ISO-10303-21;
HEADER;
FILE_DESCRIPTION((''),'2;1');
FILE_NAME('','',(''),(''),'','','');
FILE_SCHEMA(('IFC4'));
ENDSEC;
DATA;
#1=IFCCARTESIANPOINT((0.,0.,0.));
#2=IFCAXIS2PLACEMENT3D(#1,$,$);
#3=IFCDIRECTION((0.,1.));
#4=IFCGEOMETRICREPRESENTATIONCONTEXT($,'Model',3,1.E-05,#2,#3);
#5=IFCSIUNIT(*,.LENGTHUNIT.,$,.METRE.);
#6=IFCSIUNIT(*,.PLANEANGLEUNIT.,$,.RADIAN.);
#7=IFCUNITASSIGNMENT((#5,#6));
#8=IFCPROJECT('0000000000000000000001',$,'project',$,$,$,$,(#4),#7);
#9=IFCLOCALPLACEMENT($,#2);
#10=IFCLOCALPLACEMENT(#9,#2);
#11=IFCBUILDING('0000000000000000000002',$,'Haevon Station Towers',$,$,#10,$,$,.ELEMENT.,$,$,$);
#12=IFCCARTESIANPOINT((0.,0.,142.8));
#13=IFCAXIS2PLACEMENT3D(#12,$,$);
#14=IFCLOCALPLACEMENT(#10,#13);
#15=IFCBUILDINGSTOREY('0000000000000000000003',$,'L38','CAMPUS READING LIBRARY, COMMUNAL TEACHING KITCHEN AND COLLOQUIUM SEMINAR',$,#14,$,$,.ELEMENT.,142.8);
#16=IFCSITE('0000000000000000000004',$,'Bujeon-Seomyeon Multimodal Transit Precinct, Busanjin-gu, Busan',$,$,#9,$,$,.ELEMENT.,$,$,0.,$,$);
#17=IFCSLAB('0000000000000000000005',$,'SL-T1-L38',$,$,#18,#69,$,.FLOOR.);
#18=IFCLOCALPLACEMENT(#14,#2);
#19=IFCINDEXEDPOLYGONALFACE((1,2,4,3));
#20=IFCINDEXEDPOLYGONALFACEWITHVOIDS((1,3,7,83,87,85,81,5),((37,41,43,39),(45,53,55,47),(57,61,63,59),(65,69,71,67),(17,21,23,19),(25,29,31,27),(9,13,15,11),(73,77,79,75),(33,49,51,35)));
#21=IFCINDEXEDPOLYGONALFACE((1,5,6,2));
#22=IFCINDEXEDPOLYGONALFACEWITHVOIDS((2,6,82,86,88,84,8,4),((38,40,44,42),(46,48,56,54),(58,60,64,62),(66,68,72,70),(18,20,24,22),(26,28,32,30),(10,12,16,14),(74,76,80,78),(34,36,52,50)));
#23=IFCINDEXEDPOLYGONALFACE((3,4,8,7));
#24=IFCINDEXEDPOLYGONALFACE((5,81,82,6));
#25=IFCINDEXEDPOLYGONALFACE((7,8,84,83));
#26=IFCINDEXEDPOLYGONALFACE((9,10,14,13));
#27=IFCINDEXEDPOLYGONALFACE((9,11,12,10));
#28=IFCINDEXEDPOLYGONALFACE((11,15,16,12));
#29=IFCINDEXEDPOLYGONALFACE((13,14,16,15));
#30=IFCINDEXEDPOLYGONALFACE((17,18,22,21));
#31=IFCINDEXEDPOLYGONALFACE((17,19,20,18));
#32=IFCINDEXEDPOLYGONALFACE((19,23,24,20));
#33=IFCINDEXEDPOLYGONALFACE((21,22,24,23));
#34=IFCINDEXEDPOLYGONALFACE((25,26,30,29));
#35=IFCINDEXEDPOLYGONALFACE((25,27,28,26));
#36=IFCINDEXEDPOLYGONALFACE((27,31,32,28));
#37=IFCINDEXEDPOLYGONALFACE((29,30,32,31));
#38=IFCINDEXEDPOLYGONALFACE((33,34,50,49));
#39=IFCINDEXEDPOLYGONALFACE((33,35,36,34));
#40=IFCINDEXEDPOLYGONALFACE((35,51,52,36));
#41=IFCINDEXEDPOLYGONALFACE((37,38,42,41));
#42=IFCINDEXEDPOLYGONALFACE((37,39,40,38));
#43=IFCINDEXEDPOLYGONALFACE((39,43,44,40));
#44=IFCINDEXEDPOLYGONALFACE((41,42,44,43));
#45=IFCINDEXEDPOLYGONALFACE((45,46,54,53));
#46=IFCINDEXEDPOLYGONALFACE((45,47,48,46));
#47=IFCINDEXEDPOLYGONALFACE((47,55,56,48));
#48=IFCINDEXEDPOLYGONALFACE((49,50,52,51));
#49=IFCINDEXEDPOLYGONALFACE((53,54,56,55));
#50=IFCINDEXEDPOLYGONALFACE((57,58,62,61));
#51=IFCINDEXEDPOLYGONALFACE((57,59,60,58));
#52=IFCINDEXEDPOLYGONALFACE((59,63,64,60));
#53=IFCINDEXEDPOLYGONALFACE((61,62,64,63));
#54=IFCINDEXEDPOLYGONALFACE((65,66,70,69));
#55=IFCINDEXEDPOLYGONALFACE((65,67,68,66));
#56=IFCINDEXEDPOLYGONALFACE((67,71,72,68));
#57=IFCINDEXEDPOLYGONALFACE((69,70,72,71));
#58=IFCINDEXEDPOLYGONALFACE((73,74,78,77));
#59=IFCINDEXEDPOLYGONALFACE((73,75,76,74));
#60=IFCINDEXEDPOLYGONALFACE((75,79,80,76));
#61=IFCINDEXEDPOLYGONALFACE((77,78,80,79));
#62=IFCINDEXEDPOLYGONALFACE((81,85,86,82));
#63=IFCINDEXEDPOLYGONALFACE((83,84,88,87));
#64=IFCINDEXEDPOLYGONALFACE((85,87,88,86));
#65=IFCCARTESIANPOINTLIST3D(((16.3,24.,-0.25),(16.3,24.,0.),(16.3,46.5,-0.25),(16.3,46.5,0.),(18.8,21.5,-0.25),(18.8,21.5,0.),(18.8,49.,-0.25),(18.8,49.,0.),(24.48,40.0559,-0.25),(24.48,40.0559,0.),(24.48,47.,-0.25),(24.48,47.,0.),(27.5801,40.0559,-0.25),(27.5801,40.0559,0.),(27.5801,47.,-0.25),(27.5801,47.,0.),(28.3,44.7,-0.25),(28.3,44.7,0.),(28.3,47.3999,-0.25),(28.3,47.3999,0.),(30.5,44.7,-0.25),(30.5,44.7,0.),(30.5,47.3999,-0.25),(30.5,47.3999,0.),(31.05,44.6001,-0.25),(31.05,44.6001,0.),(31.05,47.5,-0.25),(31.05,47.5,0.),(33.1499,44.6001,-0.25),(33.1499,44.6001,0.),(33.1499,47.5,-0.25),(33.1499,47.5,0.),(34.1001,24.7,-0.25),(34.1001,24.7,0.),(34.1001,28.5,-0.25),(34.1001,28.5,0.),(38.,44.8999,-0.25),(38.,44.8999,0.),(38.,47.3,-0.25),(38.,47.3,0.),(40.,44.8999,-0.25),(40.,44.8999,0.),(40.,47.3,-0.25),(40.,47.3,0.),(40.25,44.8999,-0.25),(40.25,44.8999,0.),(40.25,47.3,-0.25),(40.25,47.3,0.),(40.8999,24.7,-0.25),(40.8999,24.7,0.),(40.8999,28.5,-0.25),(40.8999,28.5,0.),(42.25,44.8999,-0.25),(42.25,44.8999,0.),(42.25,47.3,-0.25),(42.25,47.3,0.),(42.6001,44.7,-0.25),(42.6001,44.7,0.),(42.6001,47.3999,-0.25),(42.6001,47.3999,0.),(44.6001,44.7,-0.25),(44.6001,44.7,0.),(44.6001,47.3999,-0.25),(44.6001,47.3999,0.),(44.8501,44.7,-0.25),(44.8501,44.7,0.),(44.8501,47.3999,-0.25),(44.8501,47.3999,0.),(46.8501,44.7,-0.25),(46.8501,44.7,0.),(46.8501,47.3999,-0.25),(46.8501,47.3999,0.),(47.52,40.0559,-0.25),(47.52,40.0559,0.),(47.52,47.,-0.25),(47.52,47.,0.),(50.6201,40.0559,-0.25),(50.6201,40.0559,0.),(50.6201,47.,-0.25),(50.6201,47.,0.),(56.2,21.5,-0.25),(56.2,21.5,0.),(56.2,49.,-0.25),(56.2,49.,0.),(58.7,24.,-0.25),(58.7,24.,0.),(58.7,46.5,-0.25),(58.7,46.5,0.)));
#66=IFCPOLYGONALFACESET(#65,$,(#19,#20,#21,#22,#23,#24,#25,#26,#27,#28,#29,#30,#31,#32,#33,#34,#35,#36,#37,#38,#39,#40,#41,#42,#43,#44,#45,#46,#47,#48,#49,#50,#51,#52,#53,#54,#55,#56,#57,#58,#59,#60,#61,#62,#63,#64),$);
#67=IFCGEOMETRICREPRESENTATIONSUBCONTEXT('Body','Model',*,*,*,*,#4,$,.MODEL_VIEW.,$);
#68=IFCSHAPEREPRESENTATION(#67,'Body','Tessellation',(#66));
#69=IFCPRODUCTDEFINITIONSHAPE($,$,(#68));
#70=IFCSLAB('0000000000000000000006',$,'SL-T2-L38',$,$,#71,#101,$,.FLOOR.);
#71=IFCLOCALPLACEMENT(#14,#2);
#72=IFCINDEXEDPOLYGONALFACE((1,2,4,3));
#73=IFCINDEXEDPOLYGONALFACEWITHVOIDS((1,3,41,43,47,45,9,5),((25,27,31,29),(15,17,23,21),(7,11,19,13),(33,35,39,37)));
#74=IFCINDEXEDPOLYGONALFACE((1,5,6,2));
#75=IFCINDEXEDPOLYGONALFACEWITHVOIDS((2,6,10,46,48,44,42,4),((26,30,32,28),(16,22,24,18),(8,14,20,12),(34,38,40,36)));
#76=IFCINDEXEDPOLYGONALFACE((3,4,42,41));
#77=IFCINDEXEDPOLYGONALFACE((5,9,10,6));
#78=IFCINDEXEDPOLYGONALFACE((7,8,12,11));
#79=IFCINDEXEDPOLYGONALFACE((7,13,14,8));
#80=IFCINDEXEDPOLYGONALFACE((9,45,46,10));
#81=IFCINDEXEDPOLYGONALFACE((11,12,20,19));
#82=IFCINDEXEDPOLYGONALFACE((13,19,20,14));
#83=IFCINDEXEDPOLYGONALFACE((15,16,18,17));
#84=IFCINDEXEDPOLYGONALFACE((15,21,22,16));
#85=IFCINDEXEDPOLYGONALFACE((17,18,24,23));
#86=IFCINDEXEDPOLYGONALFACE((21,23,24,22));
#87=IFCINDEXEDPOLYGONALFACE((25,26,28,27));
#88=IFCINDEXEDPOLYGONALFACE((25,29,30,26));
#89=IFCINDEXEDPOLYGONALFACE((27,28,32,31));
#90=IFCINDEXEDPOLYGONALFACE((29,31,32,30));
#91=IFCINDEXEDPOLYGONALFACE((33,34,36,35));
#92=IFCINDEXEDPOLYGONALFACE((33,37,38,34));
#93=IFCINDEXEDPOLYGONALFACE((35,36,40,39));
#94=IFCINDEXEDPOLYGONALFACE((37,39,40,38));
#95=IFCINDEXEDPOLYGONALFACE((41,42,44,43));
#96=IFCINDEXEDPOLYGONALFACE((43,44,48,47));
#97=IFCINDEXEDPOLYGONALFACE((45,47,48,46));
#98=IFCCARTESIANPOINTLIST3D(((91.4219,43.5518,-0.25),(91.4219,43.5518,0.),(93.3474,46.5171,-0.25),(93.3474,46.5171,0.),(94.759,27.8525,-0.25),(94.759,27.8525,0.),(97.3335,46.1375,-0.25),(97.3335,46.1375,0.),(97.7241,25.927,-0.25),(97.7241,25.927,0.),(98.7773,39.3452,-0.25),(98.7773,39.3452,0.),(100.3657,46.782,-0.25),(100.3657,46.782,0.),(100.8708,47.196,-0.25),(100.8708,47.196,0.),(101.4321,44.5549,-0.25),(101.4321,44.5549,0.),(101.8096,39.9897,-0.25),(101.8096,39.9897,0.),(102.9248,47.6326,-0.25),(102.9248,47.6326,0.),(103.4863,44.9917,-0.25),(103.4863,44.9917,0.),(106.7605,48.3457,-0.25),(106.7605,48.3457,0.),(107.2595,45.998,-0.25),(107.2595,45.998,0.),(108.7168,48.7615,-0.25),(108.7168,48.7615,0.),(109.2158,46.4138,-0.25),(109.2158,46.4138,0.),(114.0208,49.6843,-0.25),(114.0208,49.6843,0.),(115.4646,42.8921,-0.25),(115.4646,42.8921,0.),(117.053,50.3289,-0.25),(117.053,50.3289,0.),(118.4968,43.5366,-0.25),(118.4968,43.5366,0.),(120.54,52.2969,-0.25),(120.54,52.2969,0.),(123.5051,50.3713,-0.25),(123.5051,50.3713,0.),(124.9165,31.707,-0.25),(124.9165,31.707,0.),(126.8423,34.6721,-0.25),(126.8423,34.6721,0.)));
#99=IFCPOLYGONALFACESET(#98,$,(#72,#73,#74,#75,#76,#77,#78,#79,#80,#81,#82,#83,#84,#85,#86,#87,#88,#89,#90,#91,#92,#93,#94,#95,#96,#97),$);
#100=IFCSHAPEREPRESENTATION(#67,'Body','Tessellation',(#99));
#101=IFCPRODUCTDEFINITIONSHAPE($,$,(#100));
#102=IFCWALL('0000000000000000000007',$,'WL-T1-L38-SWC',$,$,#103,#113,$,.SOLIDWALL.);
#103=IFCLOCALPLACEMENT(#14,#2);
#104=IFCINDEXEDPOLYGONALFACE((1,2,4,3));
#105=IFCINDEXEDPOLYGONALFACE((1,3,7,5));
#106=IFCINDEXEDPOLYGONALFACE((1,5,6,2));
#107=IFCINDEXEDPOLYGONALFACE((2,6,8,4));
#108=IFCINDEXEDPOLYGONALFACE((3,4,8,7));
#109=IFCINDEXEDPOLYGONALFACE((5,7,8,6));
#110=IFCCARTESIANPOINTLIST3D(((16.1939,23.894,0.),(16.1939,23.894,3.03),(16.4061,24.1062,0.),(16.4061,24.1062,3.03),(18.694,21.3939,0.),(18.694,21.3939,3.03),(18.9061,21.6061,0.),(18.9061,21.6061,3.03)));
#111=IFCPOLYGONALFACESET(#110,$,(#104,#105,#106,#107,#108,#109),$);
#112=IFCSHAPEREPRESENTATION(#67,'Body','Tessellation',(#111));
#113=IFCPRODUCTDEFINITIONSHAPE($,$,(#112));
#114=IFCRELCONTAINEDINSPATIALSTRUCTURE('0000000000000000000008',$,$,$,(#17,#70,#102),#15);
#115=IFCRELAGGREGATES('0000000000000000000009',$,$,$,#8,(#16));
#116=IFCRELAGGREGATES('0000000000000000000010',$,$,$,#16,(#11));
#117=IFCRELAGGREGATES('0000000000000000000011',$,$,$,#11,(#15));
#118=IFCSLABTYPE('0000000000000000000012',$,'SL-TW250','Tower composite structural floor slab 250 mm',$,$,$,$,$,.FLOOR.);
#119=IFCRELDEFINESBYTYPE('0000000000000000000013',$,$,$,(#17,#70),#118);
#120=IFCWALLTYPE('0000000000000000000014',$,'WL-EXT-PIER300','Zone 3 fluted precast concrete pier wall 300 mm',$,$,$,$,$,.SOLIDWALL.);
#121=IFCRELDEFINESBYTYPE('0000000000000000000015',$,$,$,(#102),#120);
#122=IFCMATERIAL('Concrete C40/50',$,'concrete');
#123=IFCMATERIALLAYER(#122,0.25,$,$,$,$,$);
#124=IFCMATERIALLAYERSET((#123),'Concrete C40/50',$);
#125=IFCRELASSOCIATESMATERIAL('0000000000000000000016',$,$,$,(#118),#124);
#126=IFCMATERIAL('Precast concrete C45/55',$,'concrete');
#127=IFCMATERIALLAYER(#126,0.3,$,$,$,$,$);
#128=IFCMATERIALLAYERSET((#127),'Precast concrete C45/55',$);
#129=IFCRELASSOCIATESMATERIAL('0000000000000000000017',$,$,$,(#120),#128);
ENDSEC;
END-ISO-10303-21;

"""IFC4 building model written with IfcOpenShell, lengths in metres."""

from ifc_helpers import new_model, si_unit, direction, frame, frame_2d, origin, place, context, subcontext, project, spatial, polyline, rectangle, outline, extrude, material, layer, layer_set, type_object, element, save


model = new_model("IFC4")

# Units and contexts
model_context = context("Model", 3, precision=1e-05, world=origin(), true_north=direction((0.0, 1.0)))
body_context = subcontext(model_context, "Body", "Model", "MODEL_VIEW")
ifc_project = project(units=[si_unit("LENGTHUNIT", "METRE"), si_unit("PLANEANGLEUNIT", "RADIAN")], contexts=[model_context])

# Site, building, storey
site_placement = place(None, origin())
site = spatial("IfcSite", under=ifc_project, at=site_placement, Name="Bujeon-Seomyeon Multimodal Transit Precinct, Busanjin-gu, Busan", CompositionType="ELEMENT", RefElevation=0.0)
building_placement = place(site_placement, origin())
building = spatial("IfcBuilding", under=site, at=building_placement, Name="Haevon Station Towers", CompositionType="ELEMENT")
storey_placement = place(building_placement, frame((0.0, 0.0, 142.8)))
storey = spatial("IfcBuildingStorey", under=building, at=storey_placement, Name="L38", Description="CAMPUS READING LIBRARY, COMMUNAL TEACHING KITCHEN AND COLLOQUIUM SEMINAR", CompositionType="ELEMENT", Elevation=142.8)

# Shared definitions
ifc_material_1 = material(Name="Concrete C40/50", Category="concrete")

# Slabs
ifc_layer_1 = layer(ifc_material_1, 0.25)
ifc_layer_set_1 = layer_set([ifc_layer_1], Name="Concrete C40/50")
slab_type_1 = type_object("IfcSlabType", Name="SL-TW250", Description="Tower composite structural floor slab 250 mm", PredefinedType="FLOOR", material=ifc_layer_set_1)
slab_1_placement = place(storey_placement, frame((0.0, 0.0, -0.25)))
element("IfcSlab", 1, at=slab_1_placement, inside=storey, type_object=slab_type_1, Name="SL-T1-L38", PredefinedType="FLOOR", context=body_context, shape_type="SweptSolid", body=[
    extrude(outline(polyline([(18.8, 21.5), (56.2, 21.5), (58.7, 24.0), (58.7, 46.5), (56.2, 49.0), (18.8, 49.0), (16.3, 46.5), (16.3, 24.0), (18.8, 21.5)]), holes=[polyline([(27.5801, 40.0559), (27.5801, 47.0), (24.48, 47.0), (24.48, 40.0559), (27.5801, 40.0559)]), polyline([(50.6201, 40.0559), (50.6201, 47.0), (47.52, 47.0), (47.52, 40.0559), (50.6201, 40.0559)]), polyline([(28.3, 44.7), (30.5, 44.7), (30.5, 47.3999), (28.3, 47.3999), (28.3, 44.7)]), polyline([(31.05, 44.6001), (33.1499, 44.6001), (33.1499, 47.5), (31.05, 47.5), (31.05, 44.6001)]), polyline([(38.0, 44.8999), (40.0, 44.8999), (40.0, 47.3), (38.0, 47.3), (38.0, 44.8999)]), polyline([(40.25, 44.8999), (42.25, 44.8999), (42.25, 47.3), (40.25, 47.3), (40.25, 44.8999)]), polyline([(42.6001, 44.7), (44.6001, 44.7), (44.6001, 47.3999), (42.6001, 47.3999), (42.6001, 44.7)]), polyline([(44.8501, 44.7), (46.8501, 44.7), (46.8501, 47.3999), (44.8501, 47.3999), (44.8501, 44.7)]), polyline([(34.1001, 24.7), (40.8999, 24.7), (40.8999, 28.5), (34.1001, 28.5), (34.1001, 24.7)])]), origin(), (0.0, 0.0, 1.0), 0.25),
])
slab_2_placement = place(storey_placement, frame((0.0, 0.0, -0.25)))
element("IfcSlab", 2, at=slab_2_placement, inside=storey, type_object=slab_type_1, Name="SL-T2-L38", PredefinedType="FLOOR", context=body_context, shape_type="SweptSolid", body=[
    extrude(outline(polyline([(97.7241, 25.927), (124.9165, 31.707), (126.8423, 34.6721), (123.5051, 50.3713), (120.54, 52.2969), (93.3474, 46.5171), (91.4219, 43.5518), (94.759, 27.8525), (97.7241, 25.927)]), holes=[polyline([(101.8096, 39.9897), (100.3657, 46.782), (97.3335, 46.1375), (98.7773, 39.3452), (101.8096, 39.9897)]), polyline([(118.4968, 43.5366), (117.053, 50.3289), (114.0208, 49.6843), (115.4646, 42.8921), (118.4968, 43.5366)]), polyline([(101.4321, 44.5549), (103.4863, 44.9917), (102.9248, 47.6326), (100.8708, 47.196), (101.4321, 44.5549)]), polyline([(107.2595, 45.998), (109.2158, 46.4138), (108.7168, 48.7615), (106.7605, 48.3457), (107.2595, 45.998)])]), origin(), (0.0, 0.0, 1.0), 0.25),
])

# Wall
ifc_material_2 = material(Name="Precast concrete C45/55", Category="concrete")
ifc_layer_2 = layer(ifc_material_2, 0.3)
ifc_layer_set_2 = layer_set([ifc_layer_2], Name="Precast concrete C45/55")
wall_type_1 = type_object("IfcWallType", Name="WL-EXT-PIER300", Description="Zone 3 fluted precast concrete pier wall 300 mm", PredefinedType="SOLIDWALL", material=ifc_layer_set_2)
wall_1_placement = place(storey_placement, frame((18.8, 21.5, 0.0), z_axis=(0.0, 0.0, 1.0), x_axis=(-0.707107, 0.707107, 0.0)))
element("IfcWall", 3, at=wall_1_placement, inside=storey, type_object=wall_type_1, Name="WL-T1-L38-SWC", PredefinedType="SOLIDWALL", context=body_context, shape_type="SweptSolid", body=[
    extrude(rectangle(XDim=3.5356, YDim=0.3, at=frame_2d((1.7678, 0.0))), origin(), (0.0, 0.0, 1.0), 3.03),
])

save(model, "model.ifc")
